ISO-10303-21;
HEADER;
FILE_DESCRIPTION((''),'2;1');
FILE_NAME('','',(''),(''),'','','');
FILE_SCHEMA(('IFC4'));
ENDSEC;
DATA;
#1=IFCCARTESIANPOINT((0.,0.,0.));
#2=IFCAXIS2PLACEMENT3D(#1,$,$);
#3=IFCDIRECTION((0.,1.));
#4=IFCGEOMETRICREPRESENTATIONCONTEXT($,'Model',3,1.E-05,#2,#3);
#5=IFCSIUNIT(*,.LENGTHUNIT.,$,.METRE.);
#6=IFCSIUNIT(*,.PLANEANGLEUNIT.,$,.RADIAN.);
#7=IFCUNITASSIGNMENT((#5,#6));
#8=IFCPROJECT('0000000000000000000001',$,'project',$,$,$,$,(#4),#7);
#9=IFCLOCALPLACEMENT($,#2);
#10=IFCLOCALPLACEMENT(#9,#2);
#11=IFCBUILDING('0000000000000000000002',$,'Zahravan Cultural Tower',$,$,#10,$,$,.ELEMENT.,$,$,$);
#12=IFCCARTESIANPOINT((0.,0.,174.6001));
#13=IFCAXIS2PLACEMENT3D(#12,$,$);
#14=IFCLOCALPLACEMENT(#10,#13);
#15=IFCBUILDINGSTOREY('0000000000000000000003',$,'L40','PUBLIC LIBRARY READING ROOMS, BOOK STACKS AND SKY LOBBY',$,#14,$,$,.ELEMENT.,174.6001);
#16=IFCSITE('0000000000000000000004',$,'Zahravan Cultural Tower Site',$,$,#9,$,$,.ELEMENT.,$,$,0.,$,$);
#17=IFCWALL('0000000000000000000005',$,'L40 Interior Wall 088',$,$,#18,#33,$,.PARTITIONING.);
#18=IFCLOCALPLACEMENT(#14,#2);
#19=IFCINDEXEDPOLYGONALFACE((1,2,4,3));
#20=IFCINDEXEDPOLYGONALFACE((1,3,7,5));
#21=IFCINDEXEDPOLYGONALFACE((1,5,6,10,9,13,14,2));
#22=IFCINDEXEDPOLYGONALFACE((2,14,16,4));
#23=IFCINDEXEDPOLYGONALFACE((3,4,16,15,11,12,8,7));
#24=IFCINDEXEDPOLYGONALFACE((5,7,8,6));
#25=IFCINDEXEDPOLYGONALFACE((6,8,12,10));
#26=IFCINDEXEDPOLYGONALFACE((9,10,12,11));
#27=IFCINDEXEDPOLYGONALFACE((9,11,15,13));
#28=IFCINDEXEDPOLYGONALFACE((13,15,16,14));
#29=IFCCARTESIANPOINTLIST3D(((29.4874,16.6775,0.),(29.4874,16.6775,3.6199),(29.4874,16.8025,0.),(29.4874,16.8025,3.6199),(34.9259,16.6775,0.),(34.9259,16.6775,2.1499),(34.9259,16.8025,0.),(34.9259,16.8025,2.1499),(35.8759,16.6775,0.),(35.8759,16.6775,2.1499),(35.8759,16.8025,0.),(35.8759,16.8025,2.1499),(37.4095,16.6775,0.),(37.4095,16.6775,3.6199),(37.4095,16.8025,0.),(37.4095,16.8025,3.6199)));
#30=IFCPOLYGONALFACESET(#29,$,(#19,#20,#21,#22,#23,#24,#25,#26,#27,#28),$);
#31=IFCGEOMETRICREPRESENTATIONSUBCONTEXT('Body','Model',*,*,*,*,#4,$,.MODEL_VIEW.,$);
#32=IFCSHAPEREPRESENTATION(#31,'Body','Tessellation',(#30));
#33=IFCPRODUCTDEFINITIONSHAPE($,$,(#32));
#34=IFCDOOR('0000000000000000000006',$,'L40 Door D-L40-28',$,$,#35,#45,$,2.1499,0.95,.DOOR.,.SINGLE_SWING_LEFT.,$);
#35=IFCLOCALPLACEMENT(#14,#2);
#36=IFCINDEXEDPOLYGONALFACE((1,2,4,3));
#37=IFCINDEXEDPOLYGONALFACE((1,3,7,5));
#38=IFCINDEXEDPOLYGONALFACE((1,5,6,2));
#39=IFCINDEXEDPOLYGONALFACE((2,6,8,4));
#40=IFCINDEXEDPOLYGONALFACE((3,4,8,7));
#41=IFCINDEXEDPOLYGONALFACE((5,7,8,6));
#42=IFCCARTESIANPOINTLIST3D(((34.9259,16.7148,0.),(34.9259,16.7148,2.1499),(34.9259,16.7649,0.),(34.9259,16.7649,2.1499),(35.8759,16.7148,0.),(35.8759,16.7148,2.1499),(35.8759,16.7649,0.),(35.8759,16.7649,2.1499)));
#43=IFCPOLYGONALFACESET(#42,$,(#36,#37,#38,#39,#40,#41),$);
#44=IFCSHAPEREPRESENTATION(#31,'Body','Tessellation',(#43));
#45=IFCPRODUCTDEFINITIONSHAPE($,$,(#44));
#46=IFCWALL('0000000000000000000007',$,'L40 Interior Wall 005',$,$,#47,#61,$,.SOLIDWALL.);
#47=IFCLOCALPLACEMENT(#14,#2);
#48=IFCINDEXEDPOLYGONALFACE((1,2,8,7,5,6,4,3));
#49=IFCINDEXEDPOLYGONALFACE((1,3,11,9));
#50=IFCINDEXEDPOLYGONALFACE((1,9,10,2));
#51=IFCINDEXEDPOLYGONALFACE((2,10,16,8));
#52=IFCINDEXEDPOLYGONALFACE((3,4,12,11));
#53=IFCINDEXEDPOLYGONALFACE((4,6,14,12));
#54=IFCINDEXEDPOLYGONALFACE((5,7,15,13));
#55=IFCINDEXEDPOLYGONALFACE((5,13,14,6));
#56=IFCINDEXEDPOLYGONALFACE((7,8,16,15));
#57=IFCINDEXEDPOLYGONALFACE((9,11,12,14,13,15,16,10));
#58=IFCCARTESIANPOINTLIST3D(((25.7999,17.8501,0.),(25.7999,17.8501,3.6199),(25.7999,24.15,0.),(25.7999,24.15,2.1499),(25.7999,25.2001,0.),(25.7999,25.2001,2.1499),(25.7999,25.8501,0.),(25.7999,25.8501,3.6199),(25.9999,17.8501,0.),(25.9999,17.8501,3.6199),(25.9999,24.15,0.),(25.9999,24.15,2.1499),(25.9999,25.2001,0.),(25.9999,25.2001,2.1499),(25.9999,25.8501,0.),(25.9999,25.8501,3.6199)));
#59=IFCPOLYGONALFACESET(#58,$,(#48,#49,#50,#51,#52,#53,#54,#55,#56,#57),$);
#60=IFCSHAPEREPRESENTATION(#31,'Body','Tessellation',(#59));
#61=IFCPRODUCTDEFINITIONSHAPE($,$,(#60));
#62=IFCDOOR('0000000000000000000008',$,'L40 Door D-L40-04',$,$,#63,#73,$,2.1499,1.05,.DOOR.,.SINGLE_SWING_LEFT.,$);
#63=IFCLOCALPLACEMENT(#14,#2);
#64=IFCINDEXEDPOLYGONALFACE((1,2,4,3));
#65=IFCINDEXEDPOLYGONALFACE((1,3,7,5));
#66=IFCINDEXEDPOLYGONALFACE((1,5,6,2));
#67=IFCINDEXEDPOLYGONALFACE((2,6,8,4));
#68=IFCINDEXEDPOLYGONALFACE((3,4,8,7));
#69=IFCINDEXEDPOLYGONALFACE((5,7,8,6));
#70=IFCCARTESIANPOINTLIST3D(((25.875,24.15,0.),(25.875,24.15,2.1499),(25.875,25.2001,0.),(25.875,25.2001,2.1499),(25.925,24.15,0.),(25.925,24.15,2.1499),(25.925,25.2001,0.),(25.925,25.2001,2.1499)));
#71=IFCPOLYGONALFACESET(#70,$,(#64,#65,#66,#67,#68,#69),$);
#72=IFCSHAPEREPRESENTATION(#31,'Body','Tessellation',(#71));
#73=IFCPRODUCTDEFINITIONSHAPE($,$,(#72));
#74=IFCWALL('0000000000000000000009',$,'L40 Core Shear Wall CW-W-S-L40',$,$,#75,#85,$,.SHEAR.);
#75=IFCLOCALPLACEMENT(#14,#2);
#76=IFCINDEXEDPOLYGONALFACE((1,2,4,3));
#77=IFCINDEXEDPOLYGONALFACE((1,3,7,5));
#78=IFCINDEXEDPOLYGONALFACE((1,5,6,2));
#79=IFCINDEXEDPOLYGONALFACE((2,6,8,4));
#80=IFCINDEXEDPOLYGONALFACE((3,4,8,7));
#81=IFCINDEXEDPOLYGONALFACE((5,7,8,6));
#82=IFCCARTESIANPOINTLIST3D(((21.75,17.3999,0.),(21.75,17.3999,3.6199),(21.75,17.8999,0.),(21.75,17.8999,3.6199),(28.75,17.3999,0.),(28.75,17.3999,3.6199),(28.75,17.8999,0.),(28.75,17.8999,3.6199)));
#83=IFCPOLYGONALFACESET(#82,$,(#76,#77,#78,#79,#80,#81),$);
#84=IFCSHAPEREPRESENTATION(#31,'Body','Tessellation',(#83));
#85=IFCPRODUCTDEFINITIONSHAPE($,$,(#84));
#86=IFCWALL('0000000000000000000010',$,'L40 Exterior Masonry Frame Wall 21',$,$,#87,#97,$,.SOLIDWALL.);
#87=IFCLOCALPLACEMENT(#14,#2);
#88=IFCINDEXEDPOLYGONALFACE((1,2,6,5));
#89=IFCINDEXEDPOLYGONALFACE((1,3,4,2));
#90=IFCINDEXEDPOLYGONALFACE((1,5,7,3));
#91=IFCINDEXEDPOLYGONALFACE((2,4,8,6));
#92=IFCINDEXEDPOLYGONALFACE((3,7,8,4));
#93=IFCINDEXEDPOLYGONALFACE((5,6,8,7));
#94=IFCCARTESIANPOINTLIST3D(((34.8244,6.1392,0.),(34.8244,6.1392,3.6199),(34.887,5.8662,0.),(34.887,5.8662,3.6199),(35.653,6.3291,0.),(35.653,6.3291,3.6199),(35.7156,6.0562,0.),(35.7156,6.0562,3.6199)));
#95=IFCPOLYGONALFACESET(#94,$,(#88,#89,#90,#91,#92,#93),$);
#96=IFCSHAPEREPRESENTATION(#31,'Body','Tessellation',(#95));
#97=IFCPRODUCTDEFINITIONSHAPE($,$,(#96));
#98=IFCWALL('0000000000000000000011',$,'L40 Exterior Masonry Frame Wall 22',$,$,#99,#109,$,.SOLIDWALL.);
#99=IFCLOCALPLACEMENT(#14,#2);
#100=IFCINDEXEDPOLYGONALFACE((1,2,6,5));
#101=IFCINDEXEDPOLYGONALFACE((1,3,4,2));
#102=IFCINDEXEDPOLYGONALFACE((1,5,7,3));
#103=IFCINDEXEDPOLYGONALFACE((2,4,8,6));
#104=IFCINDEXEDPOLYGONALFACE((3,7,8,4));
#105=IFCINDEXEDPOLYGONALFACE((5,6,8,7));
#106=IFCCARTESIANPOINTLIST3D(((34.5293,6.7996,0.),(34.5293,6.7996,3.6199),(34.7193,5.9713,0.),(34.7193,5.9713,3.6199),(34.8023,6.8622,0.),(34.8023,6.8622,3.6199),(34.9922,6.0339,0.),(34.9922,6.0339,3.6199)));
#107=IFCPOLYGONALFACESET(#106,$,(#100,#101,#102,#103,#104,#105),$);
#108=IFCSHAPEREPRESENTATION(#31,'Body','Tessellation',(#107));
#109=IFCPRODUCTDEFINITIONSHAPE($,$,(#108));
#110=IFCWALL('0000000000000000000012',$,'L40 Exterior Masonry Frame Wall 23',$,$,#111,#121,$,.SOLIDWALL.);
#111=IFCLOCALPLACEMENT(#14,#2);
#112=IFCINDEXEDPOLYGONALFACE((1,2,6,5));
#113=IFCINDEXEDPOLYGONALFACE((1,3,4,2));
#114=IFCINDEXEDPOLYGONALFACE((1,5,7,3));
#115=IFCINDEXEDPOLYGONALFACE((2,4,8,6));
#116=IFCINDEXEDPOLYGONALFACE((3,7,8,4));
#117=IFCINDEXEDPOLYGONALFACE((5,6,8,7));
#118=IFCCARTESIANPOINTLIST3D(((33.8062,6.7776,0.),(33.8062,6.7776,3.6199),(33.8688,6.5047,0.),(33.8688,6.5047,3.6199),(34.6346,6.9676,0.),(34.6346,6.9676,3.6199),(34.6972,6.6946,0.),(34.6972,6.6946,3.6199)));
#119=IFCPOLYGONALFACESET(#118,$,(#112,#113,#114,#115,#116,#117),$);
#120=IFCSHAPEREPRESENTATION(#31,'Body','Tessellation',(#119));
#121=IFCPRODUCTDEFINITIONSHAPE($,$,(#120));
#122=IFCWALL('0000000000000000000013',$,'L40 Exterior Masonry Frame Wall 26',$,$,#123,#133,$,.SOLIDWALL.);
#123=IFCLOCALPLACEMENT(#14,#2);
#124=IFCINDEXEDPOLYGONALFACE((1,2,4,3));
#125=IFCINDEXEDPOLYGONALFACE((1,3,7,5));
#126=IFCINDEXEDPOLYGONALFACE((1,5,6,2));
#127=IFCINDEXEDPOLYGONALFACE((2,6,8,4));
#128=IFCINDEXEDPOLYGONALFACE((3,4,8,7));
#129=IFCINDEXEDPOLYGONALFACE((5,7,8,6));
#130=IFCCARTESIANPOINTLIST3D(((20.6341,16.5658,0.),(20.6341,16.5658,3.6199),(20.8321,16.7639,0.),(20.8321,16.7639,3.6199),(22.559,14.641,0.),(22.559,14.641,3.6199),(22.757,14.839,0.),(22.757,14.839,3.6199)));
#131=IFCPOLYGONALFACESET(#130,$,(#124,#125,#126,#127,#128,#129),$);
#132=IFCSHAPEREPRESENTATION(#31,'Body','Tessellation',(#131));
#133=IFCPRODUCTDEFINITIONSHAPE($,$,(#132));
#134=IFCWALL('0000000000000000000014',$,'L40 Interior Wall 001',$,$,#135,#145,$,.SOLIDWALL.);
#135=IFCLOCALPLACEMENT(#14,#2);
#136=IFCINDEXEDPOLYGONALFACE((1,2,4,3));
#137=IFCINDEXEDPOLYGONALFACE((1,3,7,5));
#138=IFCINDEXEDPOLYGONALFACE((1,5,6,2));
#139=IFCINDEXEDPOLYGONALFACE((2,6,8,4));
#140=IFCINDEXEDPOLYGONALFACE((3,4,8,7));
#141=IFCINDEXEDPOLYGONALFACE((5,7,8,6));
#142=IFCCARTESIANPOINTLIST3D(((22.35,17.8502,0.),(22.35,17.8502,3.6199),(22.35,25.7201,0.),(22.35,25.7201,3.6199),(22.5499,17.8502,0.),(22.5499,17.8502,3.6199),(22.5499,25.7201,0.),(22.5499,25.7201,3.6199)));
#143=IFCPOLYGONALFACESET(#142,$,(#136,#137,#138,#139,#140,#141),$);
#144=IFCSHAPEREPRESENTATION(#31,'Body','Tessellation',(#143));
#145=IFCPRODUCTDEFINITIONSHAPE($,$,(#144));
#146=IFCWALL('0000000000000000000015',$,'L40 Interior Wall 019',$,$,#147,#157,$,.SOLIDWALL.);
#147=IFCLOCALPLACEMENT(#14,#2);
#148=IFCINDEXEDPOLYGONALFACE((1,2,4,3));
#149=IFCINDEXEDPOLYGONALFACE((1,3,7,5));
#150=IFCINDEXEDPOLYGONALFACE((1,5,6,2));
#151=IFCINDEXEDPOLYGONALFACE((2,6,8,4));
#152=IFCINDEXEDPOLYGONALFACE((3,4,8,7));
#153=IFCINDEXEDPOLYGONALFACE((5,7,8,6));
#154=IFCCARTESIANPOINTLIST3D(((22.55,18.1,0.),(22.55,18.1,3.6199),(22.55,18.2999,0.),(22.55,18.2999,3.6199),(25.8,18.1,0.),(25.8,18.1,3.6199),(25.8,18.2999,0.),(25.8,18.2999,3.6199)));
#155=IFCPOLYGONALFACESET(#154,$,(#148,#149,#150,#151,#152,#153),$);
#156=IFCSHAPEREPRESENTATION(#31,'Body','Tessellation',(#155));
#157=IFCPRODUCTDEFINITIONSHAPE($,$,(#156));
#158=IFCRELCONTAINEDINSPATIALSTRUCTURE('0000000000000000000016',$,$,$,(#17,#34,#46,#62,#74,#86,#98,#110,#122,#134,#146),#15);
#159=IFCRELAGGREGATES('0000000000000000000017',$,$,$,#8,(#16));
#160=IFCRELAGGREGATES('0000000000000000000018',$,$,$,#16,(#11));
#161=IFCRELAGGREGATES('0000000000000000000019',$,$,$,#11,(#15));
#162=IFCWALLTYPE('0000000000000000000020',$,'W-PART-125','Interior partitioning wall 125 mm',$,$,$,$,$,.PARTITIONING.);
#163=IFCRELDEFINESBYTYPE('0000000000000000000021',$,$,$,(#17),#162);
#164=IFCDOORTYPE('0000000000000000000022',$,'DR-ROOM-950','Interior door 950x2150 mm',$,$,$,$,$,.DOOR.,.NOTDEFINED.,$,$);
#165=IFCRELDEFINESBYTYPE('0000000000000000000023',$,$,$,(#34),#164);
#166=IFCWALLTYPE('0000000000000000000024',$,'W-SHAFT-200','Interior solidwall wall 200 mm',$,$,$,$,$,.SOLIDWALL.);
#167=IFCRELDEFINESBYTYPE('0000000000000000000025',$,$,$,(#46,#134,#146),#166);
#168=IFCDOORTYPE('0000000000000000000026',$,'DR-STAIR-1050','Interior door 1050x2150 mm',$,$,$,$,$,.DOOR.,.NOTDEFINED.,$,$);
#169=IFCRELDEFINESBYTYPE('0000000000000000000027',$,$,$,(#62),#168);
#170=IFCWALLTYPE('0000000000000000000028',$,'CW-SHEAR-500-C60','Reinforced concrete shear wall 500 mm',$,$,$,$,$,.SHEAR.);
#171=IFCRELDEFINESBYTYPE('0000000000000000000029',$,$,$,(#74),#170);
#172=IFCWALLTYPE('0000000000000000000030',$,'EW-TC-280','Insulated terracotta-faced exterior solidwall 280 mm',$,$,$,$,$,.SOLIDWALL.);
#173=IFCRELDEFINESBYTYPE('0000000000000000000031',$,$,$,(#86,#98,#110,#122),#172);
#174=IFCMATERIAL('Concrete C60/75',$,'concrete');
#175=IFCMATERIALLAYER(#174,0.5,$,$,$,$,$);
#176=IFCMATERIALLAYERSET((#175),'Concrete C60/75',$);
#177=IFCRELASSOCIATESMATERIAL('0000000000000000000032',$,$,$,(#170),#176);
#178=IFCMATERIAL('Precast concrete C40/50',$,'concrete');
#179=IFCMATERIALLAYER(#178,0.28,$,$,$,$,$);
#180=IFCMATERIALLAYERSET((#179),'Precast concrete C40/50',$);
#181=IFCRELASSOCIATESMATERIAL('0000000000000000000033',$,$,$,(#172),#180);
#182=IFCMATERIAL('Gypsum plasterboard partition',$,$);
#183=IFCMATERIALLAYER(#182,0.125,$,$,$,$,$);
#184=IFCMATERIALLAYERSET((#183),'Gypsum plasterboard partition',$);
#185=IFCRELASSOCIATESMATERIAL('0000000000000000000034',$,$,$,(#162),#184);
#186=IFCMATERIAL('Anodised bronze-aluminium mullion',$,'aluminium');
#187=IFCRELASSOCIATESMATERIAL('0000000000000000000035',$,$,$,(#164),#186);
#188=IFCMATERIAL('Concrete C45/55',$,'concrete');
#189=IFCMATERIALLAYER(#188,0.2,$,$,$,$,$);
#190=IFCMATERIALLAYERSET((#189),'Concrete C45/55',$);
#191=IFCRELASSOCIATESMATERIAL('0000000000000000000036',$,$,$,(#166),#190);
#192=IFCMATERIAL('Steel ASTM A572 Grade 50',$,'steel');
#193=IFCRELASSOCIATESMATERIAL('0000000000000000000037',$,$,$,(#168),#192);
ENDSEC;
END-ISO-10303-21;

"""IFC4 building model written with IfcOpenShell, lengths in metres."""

from ifc_helpers import new_model, si_unit, direction, frame, frame_2d, origin, place, context, subcontext, project, spatial, rectangle, extrude, source, transform, mapped, material, layer, layer_set, type_object, element, fill, save


model = new_model("IFC4")

# Units and contexts
model_context = context("Model", 3, precision=1e-05, world=origin(), true_north=direction((0.0, 1.0)))
body_context = subcontext(model_context, "Body", "Model", "MODEL_VIEW")
ifc_project = project(units=[si_unit("LENGTHUNIT", "METRE"), si_unit("PLANEANGLEUNIT", "RADIAN")], contexts=[model_context])

# Site, building, storey
site_placement = place(None, origin())
site = spatial("IfcSite", under=ifc_project, at=site_placement, Name="Zahravan Cultural Tower Site", CompositionType="ELEMENT", RefElevation=0.0)
building_placement = place(site_placement, origin())
building = spatial("IfcBuilding", under=site, at=building_placement, Name="Zahravan Cultural Tower", CompositionType="ELEMENT")
storey_placement = place(building_placement, frame((0.0, 0.0, 174.6001)))
storey = spatial("IfcBuildingStorey", under=building, at=storey_placement, Name="L40", Description="PUBLIC LIBRARY READING ROOMS, BOOK STACKS AND SKY LOBBY", CompositionType="ELEMENT", Elevation=174.6001)

# Shared definitions
ifc_material_1 = material(Name="Concrete C60/75", Category="concrete")
ifc_layer_1 = layer(ifc_material_1, 0.5)
ifc_layer_set_1 = layer_set([ifc_layer_1], Name="Concrete C60/75")
wall_type_1 = type_object("IfcWallType", Name="CW-SHEAR-500-C60", Description="Reinforced concrete shear wall 500 mm", PredefinedType="SHEAR", material=ifc_layer_set_1)
ifc_material_2 = material(Name="Steel ASTM A572 Grade 50", Category="steel")

# Shared definitions
ifc_material_3 = material(Name="Precast concrete C40/50", Category="concrete")
ifc_layer_2 = layer(ifc_material_3, 0.28)
ifc_layer_set_2 = layer_set([ifc_layer_2], Name="Precast concrete C40/50")
wall_type_2 = type_object("IfcWallType", Name="EW-TC-280", Description="Insulated terracotta-faced exterior solidwall 280 mm", PredefinedType="SOLIDWALL", material=ifc_layer_set_2)

# Walls, openings, doors
ifc_material_4 = material(Name="Gypsum plasterboard partition")
ifc_layer_3 = layer(ifc_material_4, 0.125)
ifc_layer_set_3 = layer_set([ifc_layer_3], Name="Gypsum plasterboard partition")
wall_type_3 = type_object("IfcWallType", Name="W-PART-125", Description="Interior partitioning wall 125 mm", PredefinedType="PARTITIONING", material=ifc_layer_set_3)
wall_1_placement = place(storey_placement, frame((29.4875, 16.74, 0.0), z_axis=(0.0, 0.0, 1.0), x_axis=(1.0, 0.0, 0.0)))
wall_1 = element("IfcWall", 1, at=wall_1_placement, inside=storey, type_object=wall_type_3, Name="L40 Interior Wall 088", PredefinedType="PARTITIONING", context=body_context, shape_type="SweptSolid", body=[
    extrude(rectangle(XDim=7.9221, YDim=0.125, at=frame_2d((3.9609, 0.0))), origin(), (0.0, 0.0, 1.0), 3.6199),
])
opening_1_placement = place(wall_1_placement, frame((5.4382, 0.0, 0.0)))
opening_1 = element("IfcOpeningElement", 2, at=opening_1_placement, cuts=wall_1, PredefinedType="OPENING", context=body_context, shape_type="SweptSolid", body=[
    extrude(rectangle(XDim=0.95, YDim=2.1499, at=frame_2d((0.4751, 1.075))), frame((0.0, 0.0725, 0.0), z_axis=(0.0, -1.0, 0.0), x_axis=(1.0, 0.0, 0.0)), (0.0, 0.0, 1.0), 0.145),
])
ifc_material_5 = material(Name="Anodised bronze-aluminium mullion", Category="aluminium")
door_type_1 = type_object("IfcDoorType", Name="DR-ROOM-950", Description="Interior door 950x2150 mm", OperationType="NOTDEFINED", PredefinedType="DOOR", material=ifc_material_5)
shared_shape_1 = source(origin(), body_context, "Body", "SweptSolid", [
    extrude(rectangle(XDim=0.95, YDim=2.1499, at=frame_2d((0.4751, 1.075))), frame((0.0, 0.0249, 0.0), z_axis=(0.0, -1.0, 0.0), x_axis=(1.0, 0.0, 0.0)), (0.0, 0.0, 1.0), 0.05),
])
door_1_placement = place(opening_1_placement, origin())
door_1 = element("IfcDoor", 3, at=door_1_placement, inside=storey, type_object=door_type_1, Name="L40 Door D-L40-28", OperationType="SINGLE_SWING_LEFT", OverallHeight=2.1499, OverallWidth=0.95, PredefinedType="DOOR", context=body_context, shape_type="MappedRepresentation", body=[
    mapped(shared_shape_1, transform((0.0, 0.0, 0.0), x_axis=(1.0, 0.0, 0.0), y_axis=(0.0, 1.0, 0.0), z_axis=(0.0, 0.0, 1.0), scale=1.0)),
])
fill(opening_1, door_1)
ifc_material_6 = material(Name="Concrete C45/55", Category="concrete")
ifc_layer_4 = layer(ifc_material_6, 0.2)
ifc_layer_set_4 = layer_set([ifc_layer_4], Name="Concrete C45/55")
wall_type_4 = type_object("IfcWallType", Name="W-SHAFT-200", Description="Interior solidwall wall 200 mm", PredefinedType="SOLIDWALL", material=ifc_layer_set_4)
wall_2_placement = place(storey_placement, frame((25.8999, 17.8501, 0.0), z_axis=(0.0, 0.0, 1.0), x_axis=(0.0, 1.0, 0.0)))
wall_2 = element("IfcWall", 4, at=wall_2_placement, inside=storey, type_object=wall_type_4, Name="L40 Interior Wall 005", PredefinedType="SOLIDWALL", context=body_context, shape_type="SweptSolid", body=[
    extrude(rectangle(XDim=8.0, YDim=0.2, at=frame_2d((4.0, 0.0))), origin(), (0.0, 0.0, 1.0), 3.6199),
])
opening_2_placement = place(wall_2_placement, frame((6.3, 0.0, 0.0)))
opening_2 = element("IfcOpeningElement", 5, at=opening_2_placement, cuts=wall_2, PredefinedType="OPENING", context=body_context, shape_type="SweptSolid", body=[
    extrude(rectangle(XDim=1.05, YDim=2.1499, at=frame_2d((0.5249, 1.075))), frame((0.0, 0.1099, 0.0), z_axis=(0.0, -1.0, 0.0), x_axis=(1.0, 0.0, 0.0)), (0.0, 0.0, 1.0), 0.22),
])
door_type_2 = type_object("IfcDoorType", Name="DR-STAIR-1050", Description="Interior door 1050x2150 mm", OperationType="NOTDEFINED", PredefinedType="DOOR", material=ifc_material_2)
shared_shape_2 = source(origin(), body_context, "Body", "SweptSolid", [
    extrude(rectangle(XDim=1.05, YDim=2.1499, at=frame_2d((0.5249, 1.075))), frame((0.0, 0.0249, 0.0), z_axis=(0.0, -1.0, 0.0), x_axis=(1.0, 0.0, 0.0)), (0.0, 0.0, 1.0), 0.05),
])
door_2_placement = place(opening_2_placement, origin())
door_2 = element("IfcDoor", 6, at=door_2_placement, inside=storey, type_object=door_type_2, Name="L40 Door D-L40-04", OperationType="SINGLE_SWING_LEFT", OverallHeight=2.1499, OverallWidth=1.05, PredefinedType="DOOR", context=body_context, shape_type="MappedRepresentation", body=[
    mapped(shared_shape_2, transform((0.0, 0.0, 0.0), x_axis=(1.0, 0.0, 0.0), y_axis=(0.0, 1.0, 0.0), z_axis=(0.0, 0.0, 1.0), scale=1.0)),
])
fill(opening_2, door_2)

# Walls
shared_shape_3 = source(origin(), body_context, "Body", "SweptSolid", [
    extrude(rectangle(XDim=7.0, YDim=0.5, at=frame_2d((3.5, 0.0))), origin(), (0.0, 0.0, 1.0), 3.6199),
])
wall_3_placement = place(storey_placement, frame((21.75, 17.6499, 0.0), z_axis=(0.0, 0.0, 1.0), x_axis=(1.0, 0.0, 0.0)))
element("IfcWall", 7, at=wall_3_placement, inside=storey, type_object=wall_type_1, Name="L40 Core Shear Wall CW-W-S-L40", PredefinedType="SHEAR", context=body_context, shape_type="MappedRepresentation", body=[
    mapped(shared_shape_3, transform((0.0, 0.0, 0.0), x_axis=(1.0, 0.0, 0.0), y_axis=(0.0, 1.0, 0.0), z_axis=(0.0, 0.0, 1.0), scale=1.0)),
])
shared_shape_4 = source(origin(), body_context, "Body", "SweptSolid", [
    extrude(rectangle(XDim=0.8501, YDim=0.28, at=frame_2d((0.425, 0.0))), origin(), (0.0, 0.0, 1.0), 3.6199),
])
wall_4_placement = place(storey_placement, frame((35.6843, 6.1926, 0.0), z_axis=(0.0, 0.0, 1.0), x_axis=(-0.974719, -0.223433, 0.0)))
element("IfcWall", 8, at=wall_4_placement, inside=storey, type_object=wall_type_2, Name="L40 Exterior Masonry Frame Wall 21", PredefinedType="SOLIDWALL", context=body_context, shape_type="MappedRepresentation", body=[
    mapped(shared_shape_4, transform((0.0, 0.0, 0.0), x_axis=(1.0, 0.0, 0.0), y_axis=(0.0, 1.0, 0.0), z_axis=(0.0, 0.0, 1.0), scale=1.0)),
])
shared_shape_5 = source(origin(), body_context, "Body", "SweptSolid", [
    extrude(rectangle(XDim=0.8499, YDim=0.28, at=frame_2d((0.4248, 0.0))), origin(), (0.0, 0.0, 1.0), 3.6199),
])
for number, where, z_axis, x_axis, name in (
    (9, (34.8557, 6.0027, 0.0), (0.0, 0.0, 1.0), (-0.223496, 0.974705, 0.0), "L40 Exterior Masonry Frame Wall 22"),
    (10, (34.6658, 6.8311, 0.0), (0.0, 0.0, 1.0), (-0.974705, -0.223496, 0.0), "L40 Exterior Masonry Frame Wall 23"),
):
    element("IfcWall", number, at=place(storey_placement, frame(where, z_axis=z_axis, x_axis=x_axis)), inside=storey, type_object=wall_type_2, Name=name, PredefinedType="SOLIDWALL", context=body_context, shape_type="MappedRepresentation", body=[
        mapped(shared_shape_5, transform((0.0, 0.0, 0.0), x_axis=(1.0, 0.0, 0.0), y_axis=(0.0, 1.0, 0.0), z_axis=(0.0, 0.0, 1.0), scale=1.0)),
    ])
shared_shape_6 = source(origin(), body_context, "Body", "SweptSolid", [
    extrude(rectangle(XDim=2.7222, YDim=0.28, at=frame_2d((1.3611, 0.0))), origin(), (0.0, 0.0, 1.0), 3.6199),
])
wall_5_placement = place(storey_placement, frame((22.658, 14.74, 0.0), z_axis=(0.0, 0.0, 1.0), x_axis=(-0.707107, 0.707107, 0.0)))
element("IfcWall", 11, at=wall_5_placement, inside=storey, type_object=wall_type_2, Name="L40 Exterior Masonry Frame Wall 26", PredefinedType="SOLIDWALL", context=body_context, shape_type="MappedRepresentation", body=[
    mapped(shared_shape_6, transform((0.0, 0.0, 0.0), x_axis=(1.0, 0.0, 0.0), y_axis=(0.0, 1.0, 0.0), z_axis=(0.0, 0.0, 1.0), scale=1.0)),
])
shared_shape_7 = source(origin(), body_context, "Body", "SweptSolid", [
    extrude(rectangle(XDim=7.8699, YDim=0.2, at=frame_2d((3.9351, 0.0))), origin(), (0.0, 0.0, 1.0), 3.6199),
])
wall_6_placement = place(storey_placement, frame((22.45, 17.8501, 0.0), z_axis=(0.0, 0.0, 1.0), x_axis=(0.0, 1.0, 0.0)))
element("IfcWall", 12, at=wall_6_placement, inside=storey, type_object=wall_type_4, Name="L40 Interior Wall 001", PredefinedType="SOLIDWALL", context=body_context, shape_type="MappedRepresentation", body=[
    mapped(shared_shape_7, transform((0.0, 0.0, 0.0), x_axis=(1.0, 0.0, 0.0), y_axis=(0.0, 1.0, 0.0), z_axis=(0.0, 0.0, 1.0), scale=1.0)),
])
shared_shape_8 = source(origin(), body_context, "Body", "SweptSolid", [
    extrude(rectangle(XDim=3.25, YDim=0.2, at=frame_2d((1.625, 0.0))), origin(), (0.0, 0.0, 1.0), 3.6199),
])
wall_7_placement = place(storey_placement, frame((22.55, 18.2, 0.0), z_axis=(0.0, 0.0, 1.0), x_axis=(1.0, 0.0, 0.0)))
element("IfcWall", 13, at=wall_7_placement, inside=storey, type_object=wall_type_4, Name="L40 Interior Wall 019", PredefinedType="SOLIDWALL", context=body_context, shape_type="MappedRepresentation", body=[
    mapped(shared_shape_8, transform((0.0, 0.0, 0.0), x_axis=(1.0, 0.0, 0.0), y_axis=(0.0, 1.0, 0.0), z_axis=(0.0, 0.0, 1.0), scale=1.0)),
])

save(model, "model.ifc")
